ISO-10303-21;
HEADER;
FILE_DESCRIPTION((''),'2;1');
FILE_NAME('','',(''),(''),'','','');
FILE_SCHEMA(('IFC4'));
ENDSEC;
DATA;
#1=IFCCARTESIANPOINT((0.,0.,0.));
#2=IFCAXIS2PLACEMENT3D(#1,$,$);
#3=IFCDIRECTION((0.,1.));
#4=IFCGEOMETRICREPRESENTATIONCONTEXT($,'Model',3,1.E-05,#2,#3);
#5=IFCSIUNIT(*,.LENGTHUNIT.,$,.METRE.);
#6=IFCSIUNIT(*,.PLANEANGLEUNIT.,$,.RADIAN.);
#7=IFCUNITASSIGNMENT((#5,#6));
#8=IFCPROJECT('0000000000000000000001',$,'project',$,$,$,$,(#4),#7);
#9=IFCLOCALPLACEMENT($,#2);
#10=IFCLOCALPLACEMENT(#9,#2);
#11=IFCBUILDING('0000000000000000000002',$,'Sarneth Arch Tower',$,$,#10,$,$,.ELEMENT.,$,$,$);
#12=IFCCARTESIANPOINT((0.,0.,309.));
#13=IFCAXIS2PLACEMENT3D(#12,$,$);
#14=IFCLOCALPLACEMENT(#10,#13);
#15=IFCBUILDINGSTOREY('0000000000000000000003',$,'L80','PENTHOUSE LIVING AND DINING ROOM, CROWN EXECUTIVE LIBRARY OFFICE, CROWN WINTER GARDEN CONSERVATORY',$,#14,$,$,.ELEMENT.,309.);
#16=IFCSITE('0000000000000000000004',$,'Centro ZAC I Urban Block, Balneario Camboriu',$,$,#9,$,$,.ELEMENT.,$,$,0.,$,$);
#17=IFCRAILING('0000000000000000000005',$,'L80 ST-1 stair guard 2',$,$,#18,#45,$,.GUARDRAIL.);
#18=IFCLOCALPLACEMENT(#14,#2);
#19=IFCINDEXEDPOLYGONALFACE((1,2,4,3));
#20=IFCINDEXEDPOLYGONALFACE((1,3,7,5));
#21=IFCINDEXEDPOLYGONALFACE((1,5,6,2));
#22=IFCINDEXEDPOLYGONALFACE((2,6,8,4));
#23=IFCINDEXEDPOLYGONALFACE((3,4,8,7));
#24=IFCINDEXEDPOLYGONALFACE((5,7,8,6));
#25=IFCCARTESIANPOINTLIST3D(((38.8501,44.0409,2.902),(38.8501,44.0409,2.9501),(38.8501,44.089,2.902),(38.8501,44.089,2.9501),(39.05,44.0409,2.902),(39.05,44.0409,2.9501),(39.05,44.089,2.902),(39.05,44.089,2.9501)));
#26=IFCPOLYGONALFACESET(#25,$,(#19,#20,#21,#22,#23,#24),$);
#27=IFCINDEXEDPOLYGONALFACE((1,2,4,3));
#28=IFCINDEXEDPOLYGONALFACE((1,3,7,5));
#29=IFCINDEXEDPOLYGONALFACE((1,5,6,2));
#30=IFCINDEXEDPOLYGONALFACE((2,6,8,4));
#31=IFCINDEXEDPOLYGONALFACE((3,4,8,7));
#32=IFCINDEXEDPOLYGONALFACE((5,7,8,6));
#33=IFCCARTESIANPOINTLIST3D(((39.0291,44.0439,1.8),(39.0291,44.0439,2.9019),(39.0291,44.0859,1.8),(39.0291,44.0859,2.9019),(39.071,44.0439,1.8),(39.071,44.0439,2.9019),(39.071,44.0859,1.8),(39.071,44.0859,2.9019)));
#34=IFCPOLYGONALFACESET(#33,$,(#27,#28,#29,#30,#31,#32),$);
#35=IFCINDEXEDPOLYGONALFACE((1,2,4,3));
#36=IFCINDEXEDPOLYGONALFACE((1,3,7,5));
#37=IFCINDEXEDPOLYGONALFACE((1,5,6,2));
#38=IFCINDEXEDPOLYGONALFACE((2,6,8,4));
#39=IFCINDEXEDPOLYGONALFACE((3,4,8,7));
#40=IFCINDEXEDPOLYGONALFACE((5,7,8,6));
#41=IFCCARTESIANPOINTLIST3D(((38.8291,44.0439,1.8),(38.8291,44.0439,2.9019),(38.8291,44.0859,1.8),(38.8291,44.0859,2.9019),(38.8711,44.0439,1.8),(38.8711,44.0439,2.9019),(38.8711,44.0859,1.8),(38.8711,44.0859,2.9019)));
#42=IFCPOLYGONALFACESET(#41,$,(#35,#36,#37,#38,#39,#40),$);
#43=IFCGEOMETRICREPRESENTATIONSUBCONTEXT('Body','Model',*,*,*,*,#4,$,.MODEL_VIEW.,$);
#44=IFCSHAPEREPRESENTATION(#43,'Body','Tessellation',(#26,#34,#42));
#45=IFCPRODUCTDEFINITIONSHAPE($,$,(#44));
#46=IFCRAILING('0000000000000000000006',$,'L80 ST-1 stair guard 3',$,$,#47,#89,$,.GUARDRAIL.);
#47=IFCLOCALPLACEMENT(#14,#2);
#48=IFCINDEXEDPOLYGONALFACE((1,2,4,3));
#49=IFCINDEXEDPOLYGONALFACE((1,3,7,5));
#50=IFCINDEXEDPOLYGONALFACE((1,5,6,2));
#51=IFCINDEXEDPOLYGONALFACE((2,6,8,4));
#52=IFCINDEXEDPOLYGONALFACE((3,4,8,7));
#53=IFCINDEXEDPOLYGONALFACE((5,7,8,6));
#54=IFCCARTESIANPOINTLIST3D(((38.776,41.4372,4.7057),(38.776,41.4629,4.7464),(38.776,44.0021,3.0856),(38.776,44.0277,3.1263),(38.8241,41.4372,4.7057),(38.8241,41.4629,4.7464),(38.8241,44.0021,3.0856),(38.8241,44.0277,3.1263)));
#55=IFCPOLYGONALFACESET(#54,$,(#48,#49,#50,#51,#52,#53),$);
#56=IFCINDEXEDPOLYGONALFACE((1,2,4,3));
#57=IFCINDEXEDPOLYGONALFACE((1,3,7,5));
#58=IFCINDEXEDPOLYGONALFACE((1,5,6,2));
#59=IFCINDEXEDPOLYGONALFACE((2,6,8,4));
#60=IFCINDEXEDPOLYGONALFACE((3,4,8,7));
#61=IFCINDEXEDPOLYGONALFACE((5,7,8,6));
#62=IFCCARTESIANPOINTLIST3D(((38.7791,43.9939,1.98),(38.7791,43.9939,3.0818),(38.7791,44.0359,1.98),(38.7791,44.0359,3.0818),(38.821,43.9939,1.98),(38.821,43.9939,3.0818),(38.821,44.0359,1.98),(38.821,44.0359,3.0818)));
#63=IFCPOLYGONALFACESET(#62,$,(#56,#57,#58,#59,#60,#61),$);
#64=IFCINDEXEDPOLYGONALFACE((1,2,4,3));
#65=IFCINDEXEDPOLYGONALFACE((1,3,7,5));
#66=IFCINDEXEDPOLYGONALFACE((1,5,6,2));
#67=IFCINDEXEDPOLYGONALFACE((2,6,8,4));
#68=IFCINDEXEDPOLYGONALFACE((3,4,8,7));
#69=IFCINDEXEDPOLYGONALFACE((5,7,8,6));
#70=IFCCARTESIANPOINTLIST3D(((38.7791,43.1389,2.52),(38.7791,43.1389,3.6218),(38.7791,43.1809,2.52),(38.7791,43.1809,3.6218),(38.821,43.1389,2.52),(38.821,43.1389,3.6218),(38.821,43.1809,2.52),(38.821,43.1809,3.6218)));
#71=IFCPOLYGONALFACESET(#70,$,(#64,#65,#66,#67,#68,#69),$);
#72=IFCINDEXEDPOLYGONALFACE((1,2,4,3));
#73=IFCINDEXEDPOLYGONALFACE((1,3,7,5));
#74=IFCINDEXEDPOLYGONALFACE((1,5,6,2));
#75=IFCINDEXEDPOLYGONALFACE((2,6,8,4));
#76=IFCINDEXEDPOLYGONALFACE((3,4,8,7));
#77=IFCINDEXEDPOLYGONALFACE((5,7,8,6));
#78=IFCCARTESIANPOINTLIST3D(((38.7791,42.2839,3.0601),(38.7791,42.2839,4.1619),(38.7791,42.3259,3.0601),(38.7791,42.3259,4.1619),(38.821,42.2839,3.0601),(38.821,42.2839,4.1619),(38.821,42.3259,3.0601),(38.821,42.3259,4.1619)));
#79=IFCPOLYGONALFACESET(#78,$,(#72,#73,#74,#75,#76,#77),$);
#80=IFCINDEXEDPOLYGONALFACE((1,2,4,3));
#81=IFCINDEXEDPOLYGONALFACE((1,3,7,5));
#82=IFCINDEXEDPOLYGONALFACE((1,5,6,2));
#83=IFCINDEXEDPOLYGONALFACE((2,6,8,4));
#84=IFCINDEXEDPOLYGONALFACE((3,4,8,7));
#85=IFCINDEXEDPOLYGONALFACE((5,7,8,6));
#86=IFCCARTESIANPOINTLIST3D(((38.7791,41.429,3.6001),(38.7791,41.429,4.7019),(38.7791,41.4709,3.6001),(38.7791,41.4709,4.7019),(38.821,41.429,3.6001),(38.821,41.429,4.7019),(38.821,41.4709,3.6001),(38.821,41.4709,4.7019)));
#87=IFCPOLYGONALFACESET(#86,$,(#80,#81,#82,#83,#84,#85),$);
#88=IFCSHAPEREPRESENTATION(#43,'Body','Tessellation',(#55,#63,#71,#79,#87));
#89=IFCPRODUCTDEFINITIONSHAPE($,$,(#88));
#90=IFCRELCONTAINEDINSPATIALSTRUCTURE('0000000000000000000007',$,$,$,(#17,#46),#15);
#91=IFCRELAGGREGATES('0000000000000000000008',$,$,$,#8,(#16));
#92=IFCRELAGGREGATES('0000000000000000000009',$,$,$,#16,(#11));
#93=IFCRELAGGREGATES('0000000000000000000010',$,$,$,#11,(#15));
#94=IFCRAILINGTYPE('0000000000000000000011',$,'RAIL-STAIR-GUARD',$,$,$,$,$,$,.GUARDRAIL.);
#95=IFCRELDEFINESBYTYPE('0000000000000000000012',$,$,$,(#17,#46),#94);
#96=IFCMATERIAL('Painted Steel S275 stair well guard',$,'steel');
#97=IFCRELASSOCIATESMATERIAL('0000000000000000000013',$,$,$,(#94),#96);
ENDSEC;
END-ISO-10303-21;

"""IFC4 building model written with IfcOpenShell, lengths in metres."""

from ifc_helpers import new_model, si_unit, direction, frame, origin, origin_2d, place, context, subcontext, project, spatial, rectangle, extrude, material, type_object, element, save


model = new_model("IFC4")

# Units and contexts
model_context = context("Model", 3, precision=1e-05, world=origin(), true_north=direction((0.0, 1.0)))
body_context = subcontext(model_context, "Body", "Model", "MODEL_VIEW")
ifc_project = project(units=[si_unit("LENGTHUNIT", "METRE"), si_unit("PLANEANGLEUNIT", "RADIAN")], contexts=[model_context])

# Site, building, storey
site_placement = place(None, origin())
site = spatial("IfcSite", under=ifc_project, at=site_placement, Name="Centro ZAC I Urban Block, Balneario Camboriu", CompositionType="ELEMENT", RefElevation=0.0)
building_placement = place(site_placement, origin())
building = spatial("IfcBuilding", under=site, at=building_placement, Name="Sarneth Arch Tower", CompositionType="ELEMENT")
storey_placement = place(building_placement, frame((0.0, 0.0, 309.0)))
storey = spatial("IfcBuildingStorey", under=building, at=storey_placement, Name="L80", Description="PENTHOUSE LIVING AND DINING ROOM, CROWN EXECUTIVE LIBRARY OFFICE, CROWN WINTER GARDEN CONSERVATORY", CompositionType="ELEMENT", Elevation=309.0)

# Railings
ifc_material_1 = material(Name="Painted Steel S275 stair well guard", Category="steel")
railing_type_1 = type_object("IfcRailingType", Name="RAIL-STAIR-GUARD", PredefinedType="GUARDRAIL", material=ifc_material_1)
railing_1_placement = place(storey_placement, frame((39.05, 44.0649, 1.8)))
element("IfcRailing", 1, at=railing_1_placement, inside=storey, type_object=railing_type_1, Name="L80 ST-1 stair guard 2", PredefinedType="GUARDRAIL", context=body_context, shape_type="SweptSolid", body=[
    extrude(rectangle(XDim=0.0481, YDim=0.0481, at=origin_2d()), frame((0.0, 0.0, 1.126), z_axis=(-1.0, 0.0, 0.0), x_axis=(0.0, -1.0, 0.0)), (0.0, 0.0, 1.0), 0.2),
    extrude(rectangle(XDim=0.042, YDim=0.042, at=origin_2d()), origin(), (0.0, 0.0, 1.0), 1.1018),
    extrude(rectangle(XDim=0.042, YDim=0.042, at=origin_2d()), frame((-0.2, 0.0, 0.0)), (0.0, 0.0, 1.0), 1.1018),
])
railing_2_placement = place(storey_placement, frame((38.8, 44.0149, 1.98)))
element("IfcRailing", 2, at=railing_2_placement, inside=storey, type_object=railing_type_1, Name="L80 ST-1 stair guard 3", PredefinedType="GUARDRAIL", context=body_context, shape_type="SweptSolid", body=[
    extrude(rectangle(XDim=0.0481, YDim=0.0481, at=origin_2d()), frame((0.0, 0.0, 1.126), z_axis=(0.0, -0.845466, 0.534029), x_axis=(1.0, 0.0, 0.0)), (0.0, 0.0, 1.0), 3.0337),
    extrude(rectangle(XDim=0.042, YDim=0.042, at=origin_2d()), origin(), (0.0, 0.0, 1.0), 1.1018),
    extrude(rectangle(XDim=0.042, YDim=0.042, at=origin_2d()), frame((0.0, -0.855, 0.54)), (0.0, 0.0, 1.0), 1.1018),
    extrude(rectangle(XDim=0.042, YDim=0.042, at=origin_2d()), frame((0.0, -1.71, 1.0801)), (0.0, 0.0, 1.0), 1.1018),
    extrude(rectangle(XDim=0.042, YDim=0.042, at=origin_2d()), frame((0.0, -2.5649, 1.6201)), (0.0, 0.0, 1.0), 1.1018),
])

save(model, "model.ifc")
